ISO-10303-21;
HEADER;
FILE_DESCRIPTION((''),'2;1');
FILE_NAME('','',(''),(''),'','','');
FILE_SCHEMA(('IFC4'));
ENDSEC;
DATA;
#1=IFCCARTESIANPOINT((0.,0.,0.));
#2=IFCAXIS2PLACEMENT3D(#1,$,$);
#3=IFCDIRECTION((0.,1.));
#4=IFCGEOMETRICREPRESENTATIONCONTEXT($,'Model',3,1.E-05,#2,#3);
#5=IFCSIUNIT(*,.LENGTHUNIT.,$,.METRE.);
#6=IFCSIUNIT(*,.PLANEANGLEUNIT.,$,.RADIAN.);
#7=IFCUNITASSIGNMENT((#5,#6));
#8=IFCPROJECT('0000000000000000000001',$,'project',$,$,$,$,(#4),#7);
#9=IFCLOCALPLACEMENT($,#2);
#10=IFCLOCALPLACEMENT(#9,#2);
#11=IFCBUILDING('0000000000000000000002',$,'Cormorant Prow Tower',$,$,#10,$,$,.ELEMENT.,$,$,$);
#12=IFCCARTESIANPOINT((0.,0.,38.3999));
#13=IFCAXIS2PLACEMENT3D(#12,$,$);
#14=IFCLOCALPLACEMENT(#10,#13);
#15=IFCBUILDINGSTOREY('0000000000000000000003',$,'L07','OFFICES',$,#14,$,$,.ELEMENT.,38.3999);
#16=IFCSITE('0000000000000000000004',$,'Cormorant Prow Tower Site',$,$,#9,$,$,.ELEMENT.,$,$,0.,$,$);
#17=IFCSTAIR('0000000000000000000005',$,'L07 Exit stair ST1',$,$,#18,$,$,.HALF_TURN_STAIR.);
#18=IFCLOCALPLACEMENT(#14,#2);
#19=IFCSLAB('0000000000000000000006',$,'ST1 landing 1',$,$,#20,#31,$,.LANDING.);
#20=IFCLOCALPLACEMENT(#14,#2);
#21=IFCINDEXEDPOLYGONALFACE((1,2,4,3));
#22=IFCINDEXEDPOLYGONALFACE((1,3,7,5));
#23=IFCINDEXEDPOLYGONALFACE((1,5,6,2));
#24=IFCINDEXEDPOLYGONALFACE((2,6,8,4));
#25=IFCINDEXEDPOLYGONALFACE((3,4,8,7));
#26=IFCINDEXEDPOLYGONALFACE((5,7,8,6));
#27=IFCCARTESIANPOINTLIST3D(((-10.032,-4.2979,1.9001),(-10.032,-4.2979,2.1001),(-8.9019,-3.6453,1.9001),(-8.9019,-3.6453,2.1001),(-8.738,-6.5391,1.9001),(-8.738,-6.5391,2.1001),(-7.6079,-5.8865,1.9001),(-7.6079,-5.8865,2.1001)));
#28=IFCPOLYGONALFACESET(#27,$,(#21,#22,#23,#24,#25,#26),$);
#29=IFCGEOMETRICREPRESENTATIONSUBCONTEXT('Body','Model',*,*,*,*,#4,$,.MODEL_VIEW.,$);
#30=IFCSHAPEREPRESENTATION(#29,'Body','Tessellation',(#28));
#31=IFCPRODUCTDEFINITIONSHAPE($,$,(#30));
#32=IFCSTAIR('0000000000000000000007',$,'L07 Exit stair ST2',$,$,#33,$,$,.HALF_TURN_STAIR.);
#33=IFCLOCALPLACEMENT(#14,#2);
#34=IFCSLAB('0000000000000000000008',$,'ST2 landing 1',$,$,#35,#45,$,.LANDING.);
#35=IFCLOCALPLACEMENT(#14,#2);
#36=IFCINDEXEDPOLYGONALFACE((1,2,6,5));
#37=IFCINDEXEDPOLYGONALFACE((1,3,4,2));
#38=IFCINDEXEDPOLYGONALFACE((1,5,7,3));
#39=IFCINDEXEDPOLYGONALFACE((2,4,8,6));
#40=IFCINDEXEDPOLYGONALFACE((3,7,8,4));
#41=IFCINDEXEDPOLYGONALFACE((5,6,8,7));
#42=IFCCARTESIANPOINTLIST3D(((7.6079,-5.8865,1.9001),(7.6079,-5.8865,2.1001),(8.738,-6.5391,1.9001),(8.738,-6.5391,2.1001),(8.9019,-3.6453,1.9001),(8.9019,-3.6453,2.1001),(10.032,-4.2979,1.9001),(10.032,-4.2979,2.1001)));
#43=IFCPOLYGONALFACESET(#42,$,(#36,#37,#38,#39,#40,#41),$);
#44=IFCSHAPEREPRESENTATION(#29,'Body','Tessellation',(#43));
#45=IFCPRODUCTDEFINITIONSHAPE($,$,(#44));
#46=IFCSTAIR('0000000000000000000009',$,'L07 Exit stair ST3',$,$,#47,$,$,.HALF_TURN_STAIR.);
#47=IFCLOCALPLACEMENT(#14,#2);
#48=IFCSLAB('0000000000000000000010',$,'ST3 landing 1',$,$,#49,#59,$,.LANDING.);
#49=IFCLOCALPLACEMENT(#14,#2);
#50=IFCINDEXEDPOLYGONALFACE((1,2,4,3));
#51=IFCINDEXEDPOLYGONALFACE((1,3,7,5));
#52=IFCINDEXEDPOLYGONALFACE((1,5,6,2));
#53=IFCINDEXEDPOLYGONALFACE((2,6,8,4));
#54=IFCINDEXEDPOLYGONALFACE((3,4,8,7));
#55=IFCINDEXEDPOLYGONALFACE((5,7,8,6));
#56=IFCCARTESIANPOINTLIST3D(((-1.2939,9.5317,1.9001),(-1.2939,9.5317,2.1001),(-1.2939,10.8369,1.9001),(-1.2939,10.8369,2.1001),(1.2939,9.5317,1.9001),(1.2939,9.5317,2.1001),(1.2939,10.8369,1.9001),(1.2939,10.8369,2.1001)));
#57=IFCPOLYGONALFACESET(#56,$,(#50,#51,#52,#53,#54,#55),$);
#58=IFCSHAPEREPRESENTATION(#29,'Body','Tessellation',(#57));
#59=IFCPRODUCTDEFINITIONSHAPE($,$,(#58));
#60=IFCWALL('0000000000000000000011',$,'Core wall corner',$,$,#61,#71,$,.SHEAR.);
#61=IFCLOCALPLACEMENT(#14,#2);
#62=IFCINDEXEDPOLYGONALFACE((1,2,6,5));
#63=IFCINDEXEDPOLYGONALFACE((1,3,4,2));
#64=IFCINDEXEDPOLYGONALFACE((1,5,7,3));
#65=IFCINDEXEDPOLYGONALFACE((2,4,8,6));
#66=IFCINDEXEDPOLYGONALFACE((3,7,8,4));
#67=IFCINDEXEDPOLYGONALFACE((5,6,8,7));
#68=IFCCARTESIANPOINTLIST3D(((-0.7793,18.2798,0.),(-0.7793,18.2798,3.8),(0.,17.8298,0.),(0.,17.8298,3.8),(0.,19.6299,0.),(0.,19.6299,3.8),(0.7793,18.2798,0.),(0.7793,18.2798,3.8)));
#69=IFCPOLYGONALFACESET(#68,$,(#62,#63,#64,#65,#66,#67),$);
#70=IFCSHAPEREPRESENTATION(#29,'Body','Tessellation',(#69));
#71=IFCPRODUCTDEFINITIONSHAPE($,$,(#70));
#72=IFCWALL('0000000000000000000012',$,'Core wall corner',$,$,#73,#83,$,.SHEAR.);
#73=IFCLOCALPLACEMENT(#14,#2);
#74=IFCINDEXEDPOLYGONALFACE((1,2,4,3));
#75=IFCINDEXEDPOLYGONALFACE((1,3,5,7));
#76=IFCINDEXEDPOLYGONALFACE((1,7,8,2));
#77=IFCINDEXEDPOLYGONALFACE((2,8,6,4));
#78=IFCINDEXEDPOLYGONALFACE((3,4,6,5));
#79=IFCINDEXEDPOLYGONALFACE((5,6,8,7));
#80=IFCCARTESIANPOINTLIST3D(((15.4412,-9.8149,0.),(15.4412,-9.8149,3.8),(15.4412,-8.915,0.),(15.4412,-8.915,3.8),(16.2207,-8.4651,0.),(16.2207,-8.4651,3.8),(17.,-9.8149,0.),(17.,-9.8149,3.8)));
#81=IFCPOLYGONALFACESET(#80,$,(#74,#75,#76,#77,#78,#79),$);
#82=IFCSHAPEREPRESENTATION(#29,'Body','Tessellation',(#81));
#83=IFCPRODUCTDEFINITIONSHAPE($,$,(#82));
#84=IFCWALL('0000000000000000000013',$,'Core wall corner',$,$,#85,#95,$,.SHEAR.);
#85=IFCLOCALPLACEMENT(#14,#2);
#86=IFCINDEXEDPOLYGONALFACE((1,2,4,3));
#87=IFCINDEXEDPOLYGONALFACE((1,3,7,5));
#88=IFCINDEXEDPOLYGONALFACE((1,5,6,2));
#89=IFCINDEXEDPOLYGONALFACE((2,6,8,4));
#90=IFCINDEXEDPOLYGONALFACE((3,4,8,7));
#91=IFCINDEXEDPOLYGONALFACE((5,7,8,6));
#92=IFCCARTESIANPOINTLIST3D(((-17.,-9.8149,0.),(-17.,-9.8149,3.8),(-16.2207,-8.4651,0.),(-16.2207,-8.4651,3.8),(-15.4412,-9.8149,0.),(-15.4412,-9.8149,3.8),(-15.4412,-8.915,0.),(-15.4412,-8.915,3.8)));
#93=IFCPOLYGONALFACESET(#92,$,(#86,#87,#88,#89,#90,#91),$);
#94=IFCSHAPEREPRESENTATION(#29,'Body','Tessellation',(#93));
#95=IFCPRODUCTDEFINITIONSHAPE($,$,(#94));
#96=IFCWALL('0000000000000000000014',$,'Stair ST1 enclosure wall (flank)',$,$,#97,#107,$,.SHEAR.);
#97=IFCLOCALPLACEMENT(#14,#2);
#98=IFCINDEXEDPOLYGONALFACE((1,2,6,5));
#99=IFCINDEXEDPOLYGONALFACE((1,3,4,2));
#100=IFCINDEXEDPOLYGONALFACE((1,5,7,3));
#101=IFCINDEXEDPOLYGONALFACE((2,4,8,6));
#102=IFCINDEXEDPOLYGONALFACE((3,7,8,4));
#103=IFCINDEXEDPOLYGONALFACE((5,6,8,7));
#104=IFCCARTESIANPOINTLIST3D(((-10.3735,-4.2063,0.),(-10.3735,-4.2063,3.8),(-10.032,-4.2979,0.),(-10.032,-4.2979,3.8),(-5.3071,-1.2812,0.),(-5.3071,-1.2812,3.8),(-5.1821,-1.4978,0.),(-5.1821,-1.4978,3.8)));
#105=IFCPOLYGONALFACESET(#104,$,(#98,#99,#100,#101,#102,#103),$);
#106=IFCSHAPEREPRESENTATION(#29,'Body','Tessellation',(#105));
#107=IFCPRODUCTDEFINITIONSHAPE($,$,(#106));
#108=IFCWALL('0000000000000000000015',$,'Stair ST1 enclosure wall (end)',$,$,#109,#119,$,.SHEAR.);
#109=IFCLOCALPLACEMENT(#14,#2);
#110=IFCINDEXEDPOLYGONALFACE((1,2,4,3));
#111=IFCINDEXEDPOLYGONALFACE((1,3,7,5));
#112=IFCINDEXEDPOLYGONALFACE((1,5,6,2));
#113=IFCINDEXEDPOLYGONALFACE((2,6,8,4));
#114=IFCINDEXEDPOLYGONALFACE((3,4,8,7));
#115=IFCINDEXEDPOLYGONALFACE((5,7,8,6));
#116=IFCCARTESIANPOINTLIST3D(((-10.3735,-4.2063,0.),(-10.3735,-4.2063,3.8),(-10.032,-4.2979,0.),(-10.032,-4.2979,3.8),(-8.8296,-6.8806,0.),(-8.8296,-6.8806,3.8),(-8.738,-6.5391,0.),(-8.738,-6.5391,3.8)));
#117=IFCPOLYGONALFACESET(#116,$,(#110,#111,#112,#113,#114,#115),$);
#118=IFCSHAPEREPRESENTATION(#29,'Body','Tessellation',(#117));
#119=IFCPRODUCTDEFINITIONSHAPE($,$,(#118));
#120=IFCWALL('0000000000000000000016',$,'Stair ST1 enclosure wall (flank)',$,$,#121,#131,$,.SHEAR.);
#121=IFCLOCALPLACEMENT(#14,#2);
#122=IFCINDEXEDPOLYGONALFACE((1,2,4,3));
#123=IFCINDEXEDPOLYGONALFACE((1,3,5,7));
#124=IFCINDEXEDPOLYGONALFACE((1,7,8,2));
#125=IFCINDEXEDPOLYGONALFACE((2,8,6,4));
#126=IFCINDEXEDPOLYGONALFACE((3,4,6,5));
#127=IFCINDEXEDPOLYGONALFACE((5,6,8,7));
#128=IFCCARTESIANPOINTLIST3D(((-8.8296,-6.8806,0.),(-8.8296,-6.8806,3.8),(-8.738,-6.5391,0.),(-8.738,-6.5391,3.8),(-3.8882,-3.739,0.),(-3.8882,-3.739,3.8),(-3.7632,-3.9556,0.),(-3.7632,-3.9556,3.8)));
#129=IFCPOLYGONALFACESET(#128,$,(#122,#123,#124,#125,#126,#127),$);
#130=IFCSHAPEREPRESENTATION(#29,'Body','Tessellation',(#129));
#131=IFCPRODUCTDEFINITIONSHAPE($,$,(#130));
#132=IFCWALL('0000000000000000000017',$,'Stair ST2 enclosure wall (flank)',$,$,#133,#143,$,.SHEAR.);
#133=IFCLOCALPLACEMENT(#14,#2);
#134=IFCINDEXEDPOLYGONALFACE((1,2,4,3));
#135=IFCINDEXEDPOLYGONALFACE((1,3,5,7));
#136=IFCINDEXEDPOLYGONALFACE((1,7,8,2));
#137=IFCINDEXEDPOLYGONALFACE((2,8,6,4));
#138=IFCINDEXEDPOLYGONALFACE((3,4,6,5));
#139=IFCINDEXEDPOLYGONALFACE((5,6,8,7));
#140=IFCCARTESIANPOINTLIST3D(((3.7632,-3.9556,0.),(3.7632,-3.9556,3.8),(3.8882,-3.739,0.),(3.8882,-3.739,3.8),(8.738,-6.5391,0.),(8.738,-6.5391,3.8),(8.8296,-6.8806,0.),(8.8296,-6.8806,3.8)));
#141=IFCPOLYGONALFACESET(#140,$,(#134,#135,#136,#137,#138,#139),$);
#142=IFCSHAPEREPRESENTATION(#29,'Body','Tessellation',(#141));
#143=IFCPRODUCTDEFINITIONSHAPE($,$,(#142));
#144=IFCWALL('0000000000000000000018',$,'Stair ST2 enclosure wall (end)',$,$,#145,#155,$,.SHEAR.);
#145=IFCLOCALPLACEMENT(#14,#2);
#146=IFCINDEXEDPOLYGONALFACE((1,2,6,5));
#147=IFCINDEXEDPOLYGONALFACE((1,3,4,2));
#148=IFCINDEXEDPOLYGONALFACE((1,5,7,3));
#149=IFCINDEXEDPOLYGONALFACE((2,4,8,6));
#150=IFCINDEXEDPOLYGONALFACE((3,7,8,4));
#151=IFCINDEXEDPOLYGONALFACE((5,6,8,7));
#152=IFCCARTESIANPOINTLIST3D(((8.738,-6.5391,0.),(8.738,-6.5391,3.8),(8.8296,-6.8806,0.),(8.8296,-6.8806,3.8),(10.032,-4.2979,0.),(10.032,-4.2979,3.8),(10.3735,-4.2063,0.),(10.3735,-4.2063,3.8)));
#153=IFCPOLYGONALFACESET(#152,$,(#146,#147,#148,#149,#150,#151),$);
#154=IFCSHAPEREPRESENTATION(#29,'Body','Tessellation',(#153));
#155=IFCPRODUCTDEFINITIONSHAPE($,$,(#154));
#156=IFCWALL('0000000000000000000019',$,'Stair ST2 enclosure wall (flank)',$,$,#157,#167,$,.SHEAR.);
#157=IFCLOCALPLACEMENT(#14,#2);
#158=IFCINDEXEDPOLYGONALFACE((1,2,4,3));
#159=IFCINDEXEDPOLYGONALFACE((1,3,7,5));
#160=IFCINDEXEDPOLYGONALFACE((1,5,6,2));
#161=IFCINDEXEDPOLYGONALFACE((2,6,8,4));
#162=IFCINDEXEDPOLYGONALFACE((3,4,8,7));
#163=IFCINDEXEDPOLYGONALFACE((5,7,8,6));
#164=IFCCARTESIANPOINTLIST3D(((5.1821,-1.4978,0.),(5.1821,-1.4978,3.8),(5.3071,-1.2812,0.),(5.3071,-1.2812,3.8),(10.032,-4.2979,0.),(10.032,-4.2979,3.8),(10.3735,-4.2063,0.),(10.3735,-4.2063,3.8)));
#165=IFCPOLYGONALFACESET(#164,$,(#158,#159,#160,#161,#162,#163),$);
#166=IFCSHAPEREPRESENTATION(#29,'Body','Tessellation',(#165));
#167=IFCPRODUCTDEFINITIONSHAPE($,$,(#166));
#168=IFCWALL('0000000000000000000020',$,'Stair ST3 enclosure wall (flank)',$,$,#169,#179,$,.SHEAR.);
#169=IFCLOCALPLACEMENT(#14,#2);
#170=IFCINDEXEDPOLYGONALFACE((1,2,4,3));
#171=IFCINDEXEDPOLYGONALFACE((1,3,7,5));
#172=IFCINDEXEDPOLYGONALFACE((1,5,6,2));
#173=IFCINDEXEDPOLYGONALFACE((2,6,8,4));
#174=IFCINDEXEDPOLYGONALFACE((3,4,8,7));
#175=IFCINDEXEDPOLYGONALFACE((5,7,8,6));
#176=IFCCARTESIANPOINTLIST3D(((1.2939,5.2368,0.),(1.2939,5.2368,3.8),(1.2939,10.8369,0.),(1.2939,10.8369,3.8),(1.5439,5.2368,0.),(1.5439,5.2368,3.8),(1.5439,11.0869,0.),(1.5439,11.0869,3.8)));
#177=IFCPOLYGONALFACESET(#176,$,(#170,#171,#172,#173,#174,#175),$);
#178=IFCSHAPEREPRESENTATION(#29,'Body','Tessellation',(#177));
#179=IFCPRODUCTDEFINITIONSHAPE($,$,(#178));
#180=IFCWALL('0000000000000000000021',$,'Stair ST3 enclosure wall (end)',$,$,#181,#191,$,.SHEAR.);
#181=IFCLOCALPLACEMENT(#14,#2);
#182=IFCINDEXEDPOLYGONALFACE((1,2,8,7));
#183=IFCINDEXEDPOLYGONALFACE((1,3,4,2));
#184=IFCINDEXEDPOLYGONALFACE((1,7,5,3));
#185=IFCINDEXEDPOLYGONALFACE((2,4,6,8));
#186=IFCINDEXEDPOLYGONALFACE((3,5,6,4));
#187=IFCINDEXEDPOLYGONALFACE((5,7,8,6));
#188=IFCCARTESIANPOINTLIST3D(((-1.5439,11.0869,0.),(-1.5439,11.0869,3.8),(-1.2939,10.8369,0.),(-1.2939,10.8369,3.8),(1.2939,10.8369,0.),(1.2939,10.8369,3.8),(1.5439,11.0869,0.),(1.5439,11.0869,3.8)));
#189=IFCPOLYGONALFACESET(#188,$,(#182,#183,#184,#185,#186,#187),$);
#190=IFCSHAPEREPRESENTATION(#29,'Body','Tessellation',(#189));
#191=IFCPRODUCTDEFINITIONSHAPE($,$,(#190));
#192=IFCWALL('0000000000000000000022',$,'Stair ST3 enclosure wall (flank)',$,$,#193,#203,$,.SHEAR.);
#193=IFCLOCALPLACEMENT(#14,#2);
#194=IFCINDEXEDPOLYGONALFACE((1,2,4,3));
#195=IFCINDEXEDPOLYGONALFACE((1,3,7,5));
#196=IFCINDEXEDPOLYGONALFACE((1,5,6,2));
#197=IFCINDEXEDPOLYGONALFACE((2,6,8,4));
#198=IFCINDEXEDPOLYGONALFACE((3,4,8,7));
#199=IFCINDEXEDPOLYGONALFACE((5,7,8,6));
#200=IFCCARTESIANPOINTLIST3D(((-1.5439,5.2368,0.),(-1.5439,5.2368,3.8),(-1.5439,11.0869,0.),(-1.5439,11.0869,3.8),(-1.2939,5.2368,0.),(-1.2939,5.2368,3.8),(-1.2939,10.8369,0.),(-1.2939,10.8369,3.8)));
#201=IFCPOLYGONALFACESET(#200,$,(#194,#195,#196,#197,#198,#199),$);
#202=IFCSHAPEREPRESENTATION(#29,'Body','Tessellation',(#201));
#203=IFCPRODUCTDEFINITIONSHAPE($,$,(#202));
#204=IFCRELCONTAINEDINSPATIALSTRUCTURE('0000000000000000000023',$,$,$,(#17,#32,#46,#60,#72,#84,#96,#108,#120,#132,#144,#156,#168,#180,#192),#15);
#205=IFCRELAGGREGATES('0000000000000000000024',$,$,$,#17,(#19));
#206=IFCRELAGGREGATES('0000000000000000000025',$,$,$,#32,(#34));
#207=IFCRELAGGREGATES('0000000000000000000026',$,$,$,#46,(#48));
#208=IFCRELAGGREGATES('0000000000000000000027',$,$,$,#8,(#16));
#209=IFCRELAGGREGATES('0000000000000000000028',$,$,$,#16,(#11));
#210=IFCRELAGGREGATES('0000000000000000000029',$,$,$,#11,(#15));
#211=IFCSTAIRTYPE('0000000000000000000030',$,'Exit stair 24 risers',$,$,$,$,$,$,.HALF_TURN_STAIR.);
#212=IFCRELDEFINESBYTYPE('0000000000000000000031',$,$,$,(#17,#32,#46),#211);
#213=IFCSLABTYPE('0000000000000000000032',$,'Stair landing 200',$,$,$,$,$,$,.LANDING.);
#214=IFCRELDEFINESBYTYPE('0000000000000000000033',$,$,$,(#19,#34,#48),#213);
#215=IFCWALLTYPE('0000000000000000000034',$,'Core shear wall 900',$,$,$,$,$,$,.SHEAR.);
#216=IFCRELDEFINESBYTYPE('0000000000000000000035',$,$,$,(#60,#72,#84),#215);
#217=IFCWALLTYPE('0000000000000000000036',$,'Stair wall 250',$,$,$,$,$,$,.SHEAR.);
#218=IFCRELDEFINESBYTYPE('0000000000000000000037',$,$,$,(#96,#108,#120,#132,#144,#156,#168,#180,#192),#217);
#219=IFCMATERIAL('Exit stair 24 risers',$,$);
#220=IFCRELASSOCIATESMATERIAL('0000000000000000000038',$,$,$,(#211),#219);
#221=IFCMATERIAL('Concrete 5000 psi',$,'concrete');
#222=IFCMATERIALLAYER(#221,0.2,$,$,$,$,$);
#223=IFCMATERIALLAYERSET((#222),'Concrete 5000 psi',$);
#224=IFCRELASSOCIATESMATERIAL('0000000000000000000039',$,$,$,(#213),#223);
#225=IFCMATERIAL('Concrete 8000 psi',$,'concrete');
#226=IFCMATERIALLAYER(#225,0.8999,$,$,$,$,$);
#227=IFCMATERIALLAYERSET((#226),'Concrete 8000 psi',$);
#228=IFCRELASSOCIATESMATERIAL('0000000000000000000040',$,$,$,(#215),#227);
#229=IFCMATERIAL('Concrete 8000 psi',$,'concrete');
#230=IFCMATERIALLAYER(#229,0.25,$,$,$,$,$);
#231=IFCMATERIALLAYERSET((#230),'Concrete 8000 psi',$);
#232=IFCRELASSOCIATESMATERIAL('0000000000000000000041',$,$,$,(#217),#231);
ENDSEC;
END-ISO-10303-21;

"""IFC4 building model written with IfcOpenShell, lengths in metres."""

from ifc_helpers import new_model, si_unit, direction, frame, origin, place, context, subcontext, project, spatial, polyline, outline, extrude, material, layer, layer_set, type_object, element, aggregate, save


model = new_model("IFC4")

# Units and contexts
model_context = context("Model", 3, precision=1e-05, world=origin(), true_north=direction((0.0, 1.0)))
body_context = subcontext(model_context, "Body", "Model", "MODEL_VIEW")
ifc_project = project(units=[si_unit("LENGTHUNIT", "METRE"), si_unit("PLANEANGLEUNIT", "RADIAN")], contexts=[model_context])

# Site, building, storey
site_placement = place(None, origin())
site = spatial("IfcSite", under=ifc_project, at=site_placement, Name="Cormorant Prow Tower Site", CompositionType="ELEMENT", RefElevation=0.0)
building_placement = place(site_placement, origin())
building = spatial("IfcBuilding", under=site, at=building_placement, Name="Cormorant Prow Tower", CompositionType="ELEMENT")
storey_placement = place(building_placement, frame((0.0, 0.0, 38.3999)))
storey = spatial("IfcBuildingStorey", under=building, at=storey_placement, Name="L07", Description="OFFICES", CompositionType="ELEMENT", Elevation=38.3999)

# Stairs, slabs
ifc_material_1 = material(Name="Exit stair 24 risers")
stair_type = type_object("IfcStairType", Name="Exit stair 24 risers", PredefinedType="HALF_TURN_STAIR", material=ifc_material_1)
stair_1_placement = place(storey_placement, origin())
stair_1 = element("IfcStair", 1, at=stair_1_placement, inside=storey, type_object=stair_type, Name="L07 Exit stair ST1", PredefinedType="HALF_TURN_STAIR")
ifc_material_2 = material(Name="Concrete 5000 psi", Category="concrete")
ifc_layer_1 = layer(ifc_material_2, 0.2)
ifc_layer_set_1 = layer_set([ifc_layer_1], Name="Concrete 5000 psi")
slab_type = type_object("IfcSlabType", Name="Stair landing 200", PredefinedType="LANDING", material=ifc_layer_set_1)
slab_1_placement = place(storey_placement, frame((0.0, 0.0, 1.9001)))
slab_1 = element("IfcSlab", 2, at=slab_1_placement, type_object=slab_type, Name="ST1 landing 1", PredefinedType="LANDING", context=body_context, shape_type="SweptSolid", body=[
    extrude(outline(polyline([(-8.9019, -3.6453), (-10.032, -4.2979), (-8.738, -6.5391), (-7.6079, -5.8865), (-8.9019, -3.6453)])), origin(), (0.0, 0.0, 1.0), 0.2),
])
aggregate(stair_1, [slab_1])
stair_2_placement = place(storey_placement, origin())
stair_2 = element("IfcStair", 3, at=stair_2_placement, inside=storey, type_object=stair_type, Name="L07 Exit stair ST2", PredefinedType="HALF_TURN_STAIR")
slab_2_placement = place(storey_placement, frame((0.0, 0.0, 1.9001)))
slab_2 = element("IfcSlab", 4, at=slab_2_placement, type_object=slab_type, Name="ST2 landing 1", PredefinedType="LANDING", context=body_context, shape_type="SweptSolid", body=[
    extrude(outline(polyline([(7.6079, -5.8865), (8.738, -6.5391), (10.032, -4.2979), (8.9019, -3.6453), (7.6079, -5.8865)])), origin(), (0.0, 0.0, 1.0), 0.2),
])
aggregate(stair_2, [slab_2])
stair_3_placement = place(storey_placement, origin())
stair_3 = element("IfcStair", 5, at=stair_3_placement, inside=storey, type_object=stair_type, Name="L07 Exit stair ST3", PredefinedType="HALF_TURN_STAIR")
slab_3_placement = place(storey_placement, frame((0.0, 0.0, 1.9001)))
slab_3 = element("IfcSlab", 6, at=slab_3_placement, type_object=slab_type, Name="ST3 landing 1", PredefinedType="LANDING", context=body_context, shape_type="SweptSolid", body=[
    extrude(outline(polyline([(1.2939, 9.5317), (1.2939, 10.8369), (-1.2939, 10.8369), (-1.2939, 9.5317), (1.2939, 9.5317)])), origin(), (0.0, 0.0, 1.0), 0.2),
])

# Walls
ifc_material_3 = material(Name="Concrete 8000 psi", Category="concrete")
ifc_layer_2 = layer(ifc_material_3, 0.8999)
ifc_layer_set_2 = layer_set([ifc_layer_2], Name="Concrete 8000 psi")
wall_type_1 = type_object("IfcWallType", Name="Core shear wall 900", PredefinedType="SHEAR", material=ifc_layer_set_2)
wall_1_placement = place(storey_placement, origin())
element("IfcWall", 7, at=wall_1_placement, inside=storey, type_object=wall_type_1, Name="Core wall corner", PredefinedType="SHEAR", context=body_context, shape_type="SweptSolid", body=[
    extrude(outline(polyline([(-0.7793, 18.2798), (0.0, 19.6299), (0.7793, 18.2798), (0.0, 17.8298), (-0.7793, 18.2798)])), origin(), (0.0, 0.0, 1.0), 3.8),
])
wall_2_placement = place(storey_placement, origin())
element("IfcWall", 8, at=wall_2_placement, inside=storey, type_object=wall_type_1, Name="Core wall corner", PredefinedType="SHEAR", context=body_context, shape_type="SweptSolid", body=[
    extrude(outline(polyline([(15.4412, -9.8149), (15.4412, -8.915), (16.2207, -8.4651), (17.0, -9.8149), (15.4412, -9.8149)])), origin(), (0.0, 0.0, 1.0), 3.8),
])
wall_3_placement = place(storey_placement, origin())
element("IfcWall", 9, at=wall_3_placement, inside=storey, type_object=wall_type_1, Name="Core wall corner", PredefinedType="SHEAR", context=body_context, shape_type="SweptSolid", body=[
    extrude(outline(polyline([(-16.2207, -8.4651), (-15.4412, -8.915), (-15.4412, -9.8149), (-17.0, -9.8149), (-16.2207, -8.4651)])), origin(), (0.0, 0.0, 1.0), 3.8),
])
ifc_material_4 = material(Name="Concrete 8000 psi", Category="concrete")
ifc_layer_3 = layer(ifc_material_4, 0.25)
ifc_layer_set_3 = layer_set([ifc_layer_3], Name="Concrete 8000 psi")
wall_type_2 = type_object("IfcWallType", Name="Stair wall 250", PredefinedType="SHEAR", material=ifc_layer_set_3)
wall_4_placement = place(storey_placement, origin())
element("IfcWall", 10, at=wall_4_placement, inside=storey, type_object=wall_type_2, Name="Stair ST1 enclosure wall (flank)", PredefinedType="SHEAR", context=body_context, shape_type="SweptSolid", body=[
    extrude(outline(polyline([(-5.3071, -1.2812), (-10.3735, -4.2063), (-10.032, -4.2979), (-5.1821, -1.4978), (-5.3071, -1.2812)])), origin(), (0.0, 0.0, 1.0), 3.8),
])
wall_5_placement = place(storey_placement, origin())
element("IfcWall", 11, at=wall_5_placement, inside=storey, type_object=wall_type_2, Name="Stair ST1 enclosure wall (end)", PredefinedType="SHEAR", context=body_context, shape_type="SweptSolid", body=[
    extrude(outline(polyline([(-10.3735, -4.2063), (-8.8296, -6.8806), (-8.738, -6.5391), (-10.032, -4.2979), (-10.3735, -4.2063)])), origin(), (0.0, 0.0, 1.0), 3.8),
])
wall_6_placement = place(storey_placement, origin())
element("IfcWall", 12, at=wall_6_placement, inside=storey, type_object=wall_type_2, Name="Stair ST1 enclosure wall (flank)", PredefinedType="SHEAR", context=body_context, shape_type="SweptSolid", body=[
    extrude(outline(polyline([(-8.738, -6.5391), (-8.8296, -6.8806), (-3.7632, -3.9556), (-3.8882, -3.739), (-8.738, -6.5391)])), origin(), (0.0, 0.0, 1.0), 3.8),
])
wall_7_placement = place(storey_placement, origin())
element("IfcWall", 13, at=wall_7_placement, inside=storey, type_object=wall_type_2, Name="Stair ST2 enclosure wall (flank)", PredefinedType="SHEAR", context=body_context, shape_type="SweptSolid", body=[
    extrude(outline(polyline([(3.7632, -3.9556), (8.8296, -6.8806), (8.738, -6.5391), (3.8882, -3.739), (3.7632, -3.9556)])), origin(), (0.0, 0.0, 1.0), 3.8),
])
wall_8_placement = place(storey_placement, origin())
element("IfcWall", 14, at=wall_8_placement, inside=storey, type_object=wall_type_2, Name="Stair ST2 enclosure wall (end)", PredefinedType="SHEAR", context=body_context, shape_type="SweptSolid", body=[
    extrude(outline(polyline([(8.8296, -6.8806), (10.3735, -4.2063), (10.032, -4.2979), (8.738, -6.5391), (8.8296, -6.8806)])), origin(), (0.0, 0.0, 1.0), 3.8),
])
wall_9_placement = place(storey_placement, origin())
element("IfcWall", 15, at=wall_9_placement, inside=storey, type_object=wall_type_2, Name="Stair ST2 enclosure wall (flank)", PredefinedType="SHEAR", context=body_context, shape_type="SweptSolid", body=[
    extrude(outline(polyline([(10.032, -4.2979), (10.3735, -4.2063), (5.3071, -1.2812), (5.1821, -1.4978), (10.032, -4.2979)])), origin(), (0.0, 0.0, 1.0), 3.8),
])
wall_10_placement = place(storey_placement, origin())
element("IfcWall", 16, at=wall_10_placement, inside=storey, type_object=wall_type_2, Name="Stair ST3 enclosure wall (flank)", PredefinedType="SHEAR", context=body_context, shape_type="SweptSolid", body=[
    extrude(outline(polyline([(1.5439, 5.2368), (1.5439, 11.0869), (1.2939, 10.8369), (1.2939, 5.2368), (1.5439, 5.2368)])), origin(), (0.0, 0.0, 1.0), 3.8),
])
wall_11_placement = place(storey_placement, origin())
element("IfcWall", 17, at=wall_11_placement, inside=storey, type_object=wall_type_2, Name="Stair ST3 enclosure wall (end)", PredefinedType="SHEAR", context=body_context, shape_type="SweptSolid", body=[
    extrude(outline(polyline([(1.5439, 11.0869), (-1.5439, 11.0869), (-1.2939, 10.8369), (1.2939, 10.8369), (1.5439, 11.0869)])), origin(), (0.0, 0.0, 1.0), 3.8),
])
wall_12_placement = place(storey_placement, origin())
element("IfcWall", 18, at=wall_12_placement, inside=storey, type_object=wall_type_2, Name="Stair ST3 enclosure wall (flank)", PredefinedType="SHEAR", context=body_context, shape_type="SweptSolid", body=[
    extrude(outline(polyline([(-1.2939, 10.8369), (-1.5439, 11.0869), (-1.5439, 5.2368), (-1.2939, 5.2368), (-1.2939, 10.8369)])), origin(), (0.0, 0.0, 1.0), 3.8),
])

aggregate(stair_3, [slab_3])

save(model, "model.ifc")
